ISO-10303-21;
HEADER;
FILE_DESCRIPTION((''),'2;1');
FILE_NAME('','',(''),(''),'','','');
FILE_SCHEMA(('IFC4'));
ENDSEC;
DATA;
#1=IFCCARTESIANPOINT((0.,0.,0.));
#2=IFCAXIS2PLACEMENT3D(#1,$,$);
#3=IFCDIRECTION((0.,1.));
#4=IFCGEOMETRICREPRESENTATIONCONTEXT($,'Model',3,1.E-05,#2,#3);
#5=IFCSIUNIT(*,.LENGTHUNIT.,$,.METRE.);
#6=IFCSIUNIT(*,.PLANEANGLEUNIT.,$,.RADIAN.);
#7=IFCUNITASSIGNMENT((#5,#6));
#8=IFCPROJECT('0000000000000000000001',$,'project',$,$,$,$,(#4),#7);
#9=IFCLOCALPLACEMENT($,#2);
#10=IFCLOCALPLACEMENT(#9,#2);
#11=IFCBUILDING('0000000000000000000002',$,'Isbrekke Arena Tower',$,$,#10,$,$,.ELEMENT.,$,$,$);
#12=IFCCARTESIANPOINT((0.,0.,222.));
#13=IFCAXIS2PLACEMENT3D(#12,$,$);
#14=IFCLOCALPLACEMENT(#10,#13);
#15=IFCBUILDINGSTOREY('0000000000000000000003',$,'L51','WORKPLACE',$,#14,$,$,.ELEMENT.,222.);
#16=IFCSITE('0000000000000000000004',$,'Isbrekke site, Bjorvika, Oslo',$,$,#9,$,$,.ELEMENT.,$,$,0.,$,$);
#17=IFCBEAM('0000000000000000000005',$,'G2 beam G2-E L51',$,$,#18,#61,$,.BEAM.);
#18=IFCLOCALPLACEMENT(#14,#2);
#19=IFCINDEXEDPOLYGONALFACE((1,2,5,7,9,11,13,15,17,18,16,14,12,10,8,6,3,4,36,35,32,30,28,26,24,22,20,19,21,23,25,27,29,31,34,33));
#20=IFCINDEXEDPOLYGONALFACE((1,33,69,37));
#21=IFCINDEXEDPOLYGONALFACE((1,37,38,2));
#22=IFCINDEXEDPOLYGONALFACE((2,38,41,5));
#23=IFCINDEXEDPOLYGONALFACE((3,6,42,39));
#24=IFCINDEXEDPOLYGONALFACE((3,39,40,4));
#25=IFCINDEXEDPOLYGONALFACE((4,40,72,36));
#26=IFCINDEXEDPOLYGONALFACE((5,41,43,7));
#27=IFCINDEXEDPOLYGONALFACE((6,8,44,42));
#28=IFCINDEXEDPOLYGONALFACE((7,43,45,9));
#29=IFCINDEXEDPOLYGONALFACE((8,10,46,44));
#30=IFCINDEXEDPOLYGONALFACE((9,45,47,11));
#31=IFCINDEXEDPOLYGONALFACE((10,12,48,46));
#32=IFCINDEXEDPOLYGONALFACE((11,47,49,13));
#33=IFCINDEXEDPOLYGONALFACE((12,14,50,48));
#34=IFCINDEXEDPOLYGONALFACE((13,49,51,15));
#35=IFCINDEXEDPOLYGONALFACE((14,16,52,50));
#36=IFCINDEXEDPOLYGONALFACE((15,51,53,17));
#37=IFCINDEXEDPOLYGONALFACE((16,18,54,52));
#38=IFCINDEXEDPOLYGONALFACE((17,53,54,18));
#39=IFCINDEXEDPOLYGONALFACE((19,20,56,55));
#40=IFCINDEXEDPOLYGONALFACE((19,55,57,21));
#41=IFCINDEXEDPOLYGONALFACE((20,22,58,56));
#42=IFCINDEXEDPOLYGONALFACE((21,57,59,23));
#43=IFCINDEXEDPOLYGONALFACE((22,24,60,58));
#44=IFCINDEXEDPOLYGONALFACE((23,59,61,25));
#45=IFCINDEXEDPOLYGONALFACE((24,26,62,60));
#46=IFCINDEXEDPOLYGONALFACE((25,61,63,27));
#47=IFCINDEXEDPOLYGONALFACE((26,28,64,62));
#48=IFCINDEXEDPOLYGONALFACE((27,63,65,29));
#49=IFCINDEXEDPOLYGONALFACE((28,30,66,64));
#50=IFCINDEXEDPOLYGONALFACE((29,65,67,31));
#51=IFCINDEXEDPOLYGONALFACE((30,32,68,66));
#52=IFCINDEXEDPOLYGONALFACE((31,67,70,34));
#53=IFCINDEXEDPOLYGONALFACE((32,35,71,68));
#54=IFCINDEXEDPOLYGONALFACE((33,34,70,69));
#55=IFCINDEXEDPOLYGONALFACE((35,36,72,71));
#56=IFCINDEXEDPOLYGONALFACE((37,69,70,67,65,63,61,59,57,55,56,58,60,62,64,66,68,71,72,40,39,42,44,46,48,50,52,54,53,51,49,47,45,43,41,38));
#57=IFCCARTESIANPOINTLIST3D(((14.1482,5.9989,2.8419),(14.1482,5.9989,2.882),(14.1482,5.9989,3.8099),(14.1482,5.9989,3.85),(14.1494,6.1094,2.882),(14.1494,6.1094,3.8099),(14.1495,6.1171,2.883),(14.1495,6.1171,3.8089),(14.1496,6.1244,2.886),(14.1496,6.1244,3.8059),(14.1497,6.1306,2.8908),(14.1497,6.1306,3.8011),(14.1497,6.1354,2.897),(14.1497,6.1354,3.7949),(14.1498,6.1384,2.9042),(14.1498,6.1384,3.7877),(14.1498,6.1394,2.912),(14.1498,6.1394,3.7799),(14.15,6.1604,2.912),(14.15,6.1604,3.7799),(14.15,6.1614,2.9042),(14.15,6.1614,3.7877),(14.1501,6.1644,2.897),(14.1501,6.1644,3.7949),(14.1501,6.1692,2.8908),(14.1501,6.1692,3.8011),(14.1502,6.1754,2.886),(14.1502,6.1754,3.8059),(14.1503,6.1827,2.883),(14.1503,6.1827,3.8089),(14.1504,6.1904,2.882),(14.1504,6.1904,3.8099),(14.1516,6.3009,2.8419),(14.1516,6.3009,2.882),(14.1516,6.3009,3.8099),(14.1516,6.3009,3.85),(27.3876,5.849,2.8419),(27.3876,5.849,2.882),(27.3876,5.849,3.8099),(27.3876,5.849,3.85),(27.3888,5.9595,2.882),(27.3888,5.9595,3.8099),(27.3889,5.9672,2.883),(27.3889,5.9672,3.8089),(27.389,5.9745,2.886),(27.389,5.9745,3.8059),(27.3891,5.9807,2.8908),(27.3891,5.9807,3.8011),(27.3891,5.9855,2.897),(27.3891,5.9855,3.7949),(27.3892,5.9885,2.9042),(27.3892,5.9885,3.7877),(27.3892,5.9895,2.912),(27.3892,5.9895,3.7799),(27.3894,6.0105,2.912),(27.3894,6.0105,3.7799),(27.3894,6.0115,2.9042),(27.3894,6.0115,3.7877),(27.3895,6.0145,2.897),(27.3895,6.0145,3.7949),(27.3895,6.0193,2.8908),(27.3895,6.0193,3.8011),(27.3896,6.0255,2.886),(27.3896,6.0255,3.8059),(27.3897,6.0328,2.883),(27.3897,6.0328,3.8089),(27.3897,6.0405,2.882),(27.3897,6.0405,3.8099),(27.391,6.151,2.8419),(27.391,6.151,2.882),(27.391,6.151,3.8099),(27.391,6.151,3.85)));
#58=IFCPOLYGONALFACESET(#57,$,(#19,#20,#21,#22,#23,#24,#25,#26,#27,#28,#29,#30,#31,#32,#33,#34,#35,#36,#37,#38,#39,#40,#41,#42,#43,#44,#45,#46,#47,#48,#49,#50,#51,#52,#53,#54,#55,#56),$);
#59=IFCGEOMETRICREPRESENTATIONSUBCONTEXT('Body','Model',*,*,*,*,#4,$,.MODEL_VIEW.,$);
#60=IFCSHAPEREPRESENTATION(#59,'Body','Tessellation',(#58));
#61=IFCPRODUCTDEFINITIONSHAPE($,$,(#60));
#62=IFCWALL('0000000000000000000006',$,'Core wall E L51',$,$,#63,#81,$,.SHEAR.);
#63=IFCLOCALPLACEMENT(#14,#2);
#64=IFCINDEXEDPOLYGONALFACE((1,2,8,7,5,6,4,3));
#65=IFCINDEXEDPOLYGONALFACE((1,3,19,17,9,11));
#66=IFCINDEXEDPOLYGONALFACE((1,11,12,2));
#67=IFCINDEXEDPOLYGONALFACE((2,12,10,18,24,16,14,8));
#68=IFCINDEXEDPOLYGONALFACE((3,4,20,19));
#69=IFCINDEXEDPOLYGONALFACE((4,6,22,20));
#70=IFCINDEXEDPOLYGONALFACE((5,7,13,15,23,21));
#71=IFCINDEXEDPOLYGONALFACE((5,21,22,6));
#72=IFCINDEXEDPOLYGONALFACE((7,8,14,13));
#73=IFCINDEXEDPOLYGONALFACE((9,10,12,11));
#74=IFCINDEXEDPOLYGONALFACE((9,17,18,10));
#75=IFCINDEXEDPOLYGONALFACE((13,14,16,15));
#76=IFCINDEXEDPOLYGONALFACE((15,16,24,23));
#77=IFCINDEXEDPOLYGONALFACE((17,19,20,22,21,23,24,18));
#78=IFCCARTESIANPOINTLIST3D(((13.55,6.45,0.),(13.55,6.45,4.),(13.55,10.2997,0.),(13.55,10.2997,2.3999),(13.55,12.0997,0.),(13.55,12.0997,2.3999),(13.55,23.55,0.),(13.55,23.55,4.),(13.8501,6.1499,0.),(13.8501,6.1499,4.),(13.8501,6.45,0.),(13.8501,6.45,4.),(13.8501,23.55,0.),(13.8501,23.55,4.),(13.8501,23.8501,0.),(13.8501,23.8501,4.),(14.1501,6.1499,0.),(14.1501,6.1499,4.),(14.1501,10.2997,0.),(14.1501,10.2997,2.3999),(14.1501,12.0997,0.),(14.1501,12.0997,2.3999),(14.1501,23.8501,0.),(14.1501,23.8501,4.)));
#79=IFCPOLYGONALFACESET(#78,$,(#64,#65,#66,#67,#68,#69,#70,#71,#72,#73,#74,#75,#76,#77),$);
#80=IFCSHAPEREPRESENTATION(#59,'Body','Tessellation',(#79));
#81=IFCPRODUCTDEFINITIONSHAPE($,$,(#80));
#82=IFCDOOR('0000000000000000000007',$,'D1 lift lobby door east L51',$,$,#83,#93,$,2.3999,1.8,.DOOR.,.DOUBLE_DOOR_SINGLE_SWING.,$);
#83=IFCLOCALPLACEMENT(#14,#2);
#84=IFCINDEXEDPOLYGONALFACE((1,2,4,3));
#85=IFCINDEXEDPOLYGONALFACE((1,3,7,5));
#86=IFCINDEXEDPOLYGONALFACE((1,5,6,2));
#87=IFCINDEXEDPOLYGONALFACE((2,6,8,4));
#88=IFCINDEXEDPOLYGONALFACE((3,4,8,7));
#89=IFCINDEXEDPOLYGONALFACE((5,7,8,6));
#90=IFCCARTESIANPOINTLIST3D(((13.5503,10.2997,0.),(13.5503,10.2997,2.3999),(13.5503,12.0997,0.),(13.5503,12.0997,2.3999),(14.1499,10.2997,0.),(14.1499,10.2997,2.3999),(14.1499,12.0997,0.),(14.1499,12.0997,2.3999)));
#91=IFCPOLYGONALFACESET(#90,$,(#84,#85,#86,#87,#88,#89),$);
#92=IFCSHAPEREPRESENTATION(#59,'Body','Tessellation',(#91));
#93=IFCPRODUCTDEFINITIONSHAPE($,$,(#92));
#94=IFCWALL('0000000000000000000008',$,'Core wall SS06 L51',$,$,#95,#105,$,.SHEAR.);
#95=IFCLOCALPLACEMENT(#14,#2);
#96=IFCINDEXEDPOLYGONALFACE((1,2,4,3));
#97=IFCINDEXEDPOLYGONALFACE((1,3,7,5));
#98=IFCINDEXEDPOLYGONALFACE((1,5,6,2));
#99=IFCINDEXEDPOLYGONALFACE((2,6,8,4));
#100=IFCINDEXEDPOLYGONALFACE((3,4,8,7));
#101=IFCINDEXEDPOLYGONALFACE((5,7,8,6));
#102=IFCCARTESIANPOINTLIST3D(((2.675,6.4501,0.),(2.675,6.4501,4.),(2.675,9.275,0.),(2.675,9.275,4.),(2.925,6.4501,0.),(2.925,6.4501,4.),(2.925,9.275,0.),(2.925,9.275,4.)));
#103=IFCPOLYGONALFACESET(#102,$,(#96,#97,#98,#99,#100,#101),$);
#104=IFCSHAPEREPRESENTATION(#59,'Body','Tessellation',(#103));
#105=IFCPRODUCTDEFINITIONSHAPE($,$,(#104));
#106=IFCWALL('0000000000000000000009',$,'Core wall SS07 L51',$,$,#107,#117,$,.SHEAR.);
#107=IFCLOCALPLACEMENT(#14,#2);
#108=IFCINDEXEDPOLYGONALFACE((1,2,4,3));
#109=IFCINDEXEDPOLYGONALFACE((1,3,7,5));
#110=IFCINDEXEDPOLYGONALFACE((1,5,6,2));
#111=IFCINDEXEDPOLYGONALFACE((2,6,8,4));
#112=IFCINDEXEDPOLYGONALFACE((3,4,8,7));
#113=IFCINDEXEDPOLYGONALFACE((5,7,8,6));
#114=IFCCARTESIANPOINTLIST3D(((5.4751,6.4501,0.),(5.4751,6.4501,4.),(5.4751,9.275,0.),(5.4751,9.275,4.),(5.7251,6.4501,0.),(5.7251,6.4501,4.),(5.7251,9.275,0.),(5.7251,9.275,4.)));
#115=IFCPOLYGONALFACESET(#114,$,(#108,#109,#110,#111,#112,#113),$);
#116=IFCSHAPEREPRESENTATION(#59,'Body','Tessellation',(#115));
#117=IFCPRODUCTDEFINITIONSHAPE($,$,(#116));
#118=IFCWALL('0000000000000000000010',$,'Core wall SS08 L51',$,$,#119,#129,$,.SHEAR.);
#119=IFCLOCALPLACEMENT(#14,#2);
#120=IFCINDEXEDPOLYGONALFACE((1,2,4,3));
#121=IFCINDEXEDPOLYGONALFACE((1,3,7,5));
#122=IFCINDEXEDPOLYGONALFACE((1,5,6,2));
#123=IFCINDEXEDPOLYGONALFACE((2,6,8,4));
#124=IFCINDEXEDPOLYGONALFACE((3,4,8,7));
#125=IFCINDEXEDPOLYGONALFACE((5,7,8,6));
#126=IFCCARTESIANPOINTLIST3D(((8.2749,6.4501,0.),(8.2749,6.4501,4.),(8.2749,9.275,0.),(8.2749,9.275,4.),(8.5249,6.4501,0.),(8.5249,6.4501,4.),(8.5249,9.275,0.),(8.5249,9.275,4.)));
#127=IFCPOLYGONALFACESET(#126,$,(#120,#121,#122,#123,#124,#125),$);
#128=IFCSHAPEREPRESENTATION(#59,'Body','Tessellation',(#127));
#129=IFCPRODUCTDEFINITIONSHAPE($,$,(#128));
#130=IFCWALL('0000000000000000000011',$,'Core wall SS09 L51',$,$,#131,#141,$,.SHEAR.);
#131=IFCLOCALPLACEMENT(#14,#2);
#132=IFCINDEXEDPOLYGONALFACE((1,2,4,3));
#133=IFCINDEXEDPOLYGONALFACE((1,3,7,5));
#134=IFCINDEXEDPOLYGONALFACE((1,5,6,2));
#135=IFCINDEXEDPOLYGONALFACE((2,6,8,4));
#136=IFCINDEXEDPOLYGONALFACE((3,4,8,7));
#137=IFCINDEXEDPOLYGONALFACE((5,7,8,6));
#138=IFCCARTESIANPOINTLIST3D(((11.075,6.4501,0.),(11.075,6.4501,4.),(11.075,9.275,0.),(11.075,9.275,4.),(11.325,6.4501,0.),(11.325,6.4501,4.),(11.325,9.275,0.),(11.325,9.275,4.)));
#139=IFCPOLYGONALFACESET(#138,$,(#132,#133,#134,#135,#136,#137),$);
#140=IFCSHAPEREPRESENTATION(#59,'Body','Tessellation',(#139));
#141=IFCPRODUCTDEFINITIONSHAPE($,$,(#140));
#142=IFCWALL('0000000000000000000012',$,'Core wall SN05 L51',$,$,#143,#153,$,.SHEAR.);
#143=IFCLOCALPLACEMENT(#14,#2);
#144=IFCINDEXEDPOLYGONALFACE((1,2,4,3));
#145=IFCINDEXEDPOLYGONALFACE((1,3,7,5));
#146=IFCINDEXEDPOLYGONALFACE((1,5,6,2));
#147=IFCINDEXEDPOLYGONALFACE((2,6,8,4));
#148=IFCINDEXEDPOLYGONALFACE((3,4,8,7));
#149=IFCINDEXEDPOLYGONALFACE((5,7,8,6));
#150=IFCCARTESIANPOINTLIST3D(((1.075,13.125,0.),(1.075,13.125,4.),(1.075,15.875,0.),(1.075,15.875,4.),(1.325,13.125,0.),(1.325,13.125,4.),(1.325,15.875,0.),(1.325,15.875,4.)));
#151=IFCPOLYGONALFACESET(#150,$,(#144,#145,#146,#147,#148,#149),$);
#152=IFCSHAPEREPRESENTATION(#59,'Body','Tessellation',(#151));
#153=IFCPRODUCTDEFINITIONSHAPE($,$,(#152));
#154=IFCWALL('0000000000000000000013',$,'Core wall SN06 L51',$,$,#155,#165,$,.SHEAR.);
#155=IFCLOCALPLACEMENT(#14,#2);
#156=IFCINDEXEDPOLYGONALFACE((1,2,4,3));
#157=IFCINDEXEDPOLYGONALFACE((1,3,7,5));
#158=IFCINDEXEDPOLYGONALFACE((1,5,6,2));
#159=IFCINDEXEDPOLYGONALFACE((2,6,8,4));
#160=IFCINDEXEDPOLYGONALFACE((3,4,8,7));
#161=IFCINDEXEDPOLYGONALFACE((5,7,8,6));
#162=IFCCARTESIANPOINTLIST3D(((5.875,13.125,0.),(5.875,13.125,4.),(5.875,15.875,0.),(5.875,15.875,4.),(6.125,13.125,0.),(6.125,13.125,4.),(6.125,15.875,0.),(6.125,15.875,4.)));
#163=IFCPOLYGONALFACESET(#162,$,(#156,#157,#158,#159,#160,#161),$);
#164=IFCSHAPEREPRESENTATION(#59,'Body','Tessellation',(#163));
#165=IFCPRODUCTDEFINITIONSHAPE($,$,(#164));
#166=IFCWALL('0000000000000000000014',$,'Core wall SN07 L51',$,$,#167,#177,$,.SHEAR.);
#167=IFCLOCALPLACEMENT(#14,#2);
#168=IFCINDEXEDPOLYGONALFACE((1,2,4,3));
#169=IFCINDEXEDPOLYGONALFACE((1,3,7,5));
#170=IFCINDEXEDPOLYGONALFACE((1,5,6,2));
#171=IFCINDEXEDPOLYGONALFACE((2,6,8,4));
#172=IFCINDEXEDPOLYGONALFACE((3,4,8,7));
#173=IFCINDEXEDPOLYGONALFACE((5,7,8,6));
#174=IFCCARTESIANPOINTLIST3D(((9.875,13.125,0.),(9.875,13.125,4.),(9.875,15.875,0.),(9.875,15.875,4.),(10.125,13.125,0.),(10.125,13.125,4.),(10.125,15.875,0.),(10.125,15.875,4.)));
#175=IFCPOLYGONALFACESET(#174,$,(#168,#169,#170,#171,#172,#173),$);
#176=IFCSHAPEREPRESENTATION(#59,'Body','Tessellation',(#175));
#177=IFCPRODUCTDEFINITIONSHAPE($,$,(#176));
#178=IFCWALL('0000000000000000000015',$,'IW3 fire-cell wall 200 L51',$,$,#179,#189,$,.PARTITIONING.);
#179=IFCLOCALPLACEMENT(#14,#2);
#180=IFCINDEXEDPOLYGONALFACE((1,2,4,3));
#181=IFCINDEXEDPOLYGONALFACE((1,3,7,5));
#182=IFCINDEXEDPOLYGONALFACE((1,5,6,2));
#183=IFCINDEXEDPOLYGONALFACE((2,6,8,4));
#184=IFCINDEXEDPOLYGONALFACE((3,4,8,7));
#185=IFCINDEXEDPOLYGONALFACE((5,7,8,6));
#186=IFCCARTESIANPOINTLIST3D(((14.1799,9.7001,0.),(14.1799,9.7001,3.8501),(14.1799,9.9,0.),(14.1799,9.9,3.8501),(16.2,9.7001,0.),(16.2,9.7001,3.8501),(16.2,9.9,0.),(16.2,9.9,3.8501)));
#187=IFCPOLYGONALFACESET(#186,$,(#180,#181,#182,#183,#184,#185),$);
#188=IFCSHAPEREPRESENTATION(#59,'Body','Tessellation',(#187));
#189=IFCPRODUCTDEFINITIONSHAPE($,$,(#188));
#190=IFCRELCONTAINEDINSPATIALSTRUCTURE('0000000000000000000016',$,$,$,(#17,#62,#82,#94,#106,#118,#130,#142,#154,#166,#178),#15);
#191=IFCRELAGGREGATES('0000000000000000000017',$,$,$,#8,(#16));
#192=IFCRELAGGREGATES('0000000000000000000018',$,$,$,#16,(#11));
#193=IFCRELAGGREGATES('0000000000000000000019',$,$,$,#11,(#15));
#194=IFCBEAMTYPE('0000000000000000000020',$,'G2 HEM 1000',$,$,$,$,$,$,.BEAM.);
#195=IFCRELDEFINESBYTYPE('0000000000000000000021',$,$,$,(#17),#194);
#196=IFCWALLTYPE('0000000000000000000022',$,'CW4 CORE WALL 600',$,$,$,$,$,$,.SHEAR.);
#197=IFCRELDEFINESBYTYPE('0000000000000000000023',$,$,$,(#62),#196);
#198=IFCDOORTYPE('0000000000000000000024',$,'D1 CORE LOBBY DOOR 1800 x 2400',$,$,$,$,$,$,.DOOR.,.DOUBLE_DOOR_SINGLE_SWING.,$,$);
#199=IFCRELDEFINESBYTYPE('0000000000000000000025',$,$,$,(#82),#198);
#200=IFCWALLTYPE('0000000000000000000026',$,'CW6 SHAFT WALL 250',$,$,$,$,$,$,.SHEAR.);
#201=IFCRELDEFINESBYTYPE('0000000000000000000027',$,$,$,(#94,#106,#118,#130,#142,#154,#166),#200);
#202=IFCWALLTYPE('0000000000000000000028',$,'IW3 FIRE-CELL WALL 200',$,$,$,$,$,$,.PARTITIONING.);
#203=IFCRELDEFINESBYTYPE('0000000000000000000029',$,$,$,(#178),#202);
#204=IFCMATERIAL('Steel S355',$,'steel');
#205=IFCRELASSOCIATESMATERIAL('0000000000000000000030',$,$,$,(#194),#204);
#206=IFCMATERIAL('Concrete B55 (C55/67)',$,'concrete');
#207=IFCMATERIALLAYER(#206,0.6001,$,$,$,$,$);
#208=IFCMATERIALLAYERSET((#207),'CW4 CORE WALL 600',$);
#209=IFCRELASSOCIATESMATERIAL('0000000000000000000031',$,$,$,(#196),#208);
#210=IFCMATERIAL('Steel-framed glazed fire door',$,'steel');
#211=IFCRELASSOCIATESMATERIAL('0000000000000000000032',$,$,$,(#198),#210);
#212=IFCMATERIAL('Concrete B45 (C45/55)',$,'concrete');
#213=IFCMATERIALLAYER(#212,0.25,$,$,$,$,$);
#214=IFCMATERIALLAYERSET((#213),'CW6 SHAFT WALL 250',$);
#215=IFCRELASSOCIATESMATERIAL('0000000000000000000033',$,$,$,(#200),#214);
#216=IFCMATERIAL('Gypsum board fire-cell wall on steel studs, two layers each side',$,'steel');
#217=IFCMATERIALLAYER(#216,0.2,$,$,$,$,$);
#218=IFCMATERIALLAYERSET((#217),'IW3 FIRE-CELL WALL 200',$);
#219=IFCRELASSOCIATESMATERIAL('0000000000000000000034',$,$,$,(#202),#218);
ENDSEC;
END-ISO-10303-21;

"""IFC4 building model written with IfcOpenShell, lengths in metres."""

from ifc_helpers import new_model, si_unit, direction, frame, frame_2d, origin, origin_2d, place, context, subcontext, project, spatial, polyline, rectangle, i_section, outline, extrude, material, layer, layer_set, material_profile, profile_set, type_object, element, fill, save


model = new_model("IFC4")

# Units and contexts
model_context = context("Model", 3, precision=1e-05, world=origin(), true_north=direction((0.0, 1.0)))
body_context = subcontext(model_context, "Body", "Model", "MODEL_VIEW")
ifc_project = project(units=[si_unit("LENGTHUNIT", "METRE"), si_unit("PLANEANGLEUNIT", "RADIAN")], contexts=[model_context])

# Site, building, storey
site_placement = place(None, origin())
site = spatial("IfcSite", under=ifc_project, at=site_placement, Name="Isbrekke site, Bjorvika, Oslo", CompositionType="ELEMENT", RefElevation=0.0)
building_placement = place(site_placement, origin())
building = spatial("IfcBuilding", under=site, at=building_placement, Name="Isbrekke Arena Tower", CompositionType="ELEMENT")
storey_placement = place(building_placement, frame((0.0, 0.0, 222.0)))
storey = spatial("IfcBuildingStorey", under=building, at=storey_placement, Name="L51", Description="WORKPLACE", CompositionType="ELEMENT", Elevation=222.0)

# Beam
ifc_material_1 = material(Name="Steel S355", Category="steel")
ifc_material_profile = material_profile(ifc_material_1, i_section(OverallWidth=0.302, OverallDepth=1.0081, WebThickness=0.021, FlangeThickness=0.04, FilletRadius=0.03, at=origin_2d()), Name="HEM 1000")
ifc_profile_set = profile_set([ifc_material_profile], Name="Steel S355")
beam_type = type_object("IfcBeamType", Name="G2 HEM 1000", PredefinedType="BEAM", material=ifc_profile_set)
beam_placement = place(storey_placement, frame((14.1499, 6.1499, 3.3459), z_axis=(0.999936, -0.011322, 0.0), x_axis=(0.011322, 0.999936, 0.0)))
element("IfcBeam", 1, at=beam_placement, inside=storey, type_object=beam_type, Name="G2 beam G2-E L51", PredefinedType="BEAM", context=body_context, shape_type="SweptSolid", body=[
    extrude(i_section(OverallWidth=0.302, OverallDepth=1.0081, WebThickness=0.021, FlangeThickness=0.04, FilletRadius=0.03, at=origin_2d()), origin(), (0.0, 0.0, 1.0), 13.2402),
])

# Wall, opening, door
ifc_material_2 = material(Name="Concrete B55 (C55/67)", Category="concrete")
ifc_layer_1 = layer(ifc_material_2, 0.6001)
ifc_layer_set_1 = layer_set([ifc_layer_1], Name="CW4 CORE WALL 600")
wall_type_1 = type_object("IfcWallType", Name="CW4 CORE WALL 600", PredefinedType="SHEAR", material=ifc_layer_set_1)
wall_1_placement = place(storey_placement, frame((13.8501, 6.1499, 0.0), z_axis=(0.0, 0.0, 1.0), x_axis=(0.0, 1.0, 0.0)))
wall_1 = element("IfcWall", 2, at=wall_1_placement, inside=storey, type_object=wall_type_1, Name="Core wall E L51", PredefinedType="SHEAR", context=body_context, shape_type="SweptSolid", body=[
    extrude(outline(polyline([(0.0, -0.3), (17.7002, -0.3), (17.7002, 0.0), (17.4001, 0.0), (17.4001, 0.3), (0.3, 0.3), (0.3, 0.0), (0.0, 0.0), (0.0, -0.3)])), origin(), (0.0, 0.0, 1.0), 4.0),
])
opening_1_placement = place(wall_1_placement, frame((4.1499, 0.0, 0.0)))
opening_1 = element("IfcOpeningElement", 3, at=opening_1_placement, cuts=wall_1, PredefinedType="OPENING", context=body_context, shape_type="SweptSolid", body=[
    extrude(rectangle(XDim=1.8, YDim=2.3999, at=frame_2d((0.8999, 1.2))), frame((0.0, 0.3149, 0.0), z_axis=(0.0, -1.0, 0.0), x_axis=(1.0, 0.0, 0.0)), (0.0, 0.0, 1.0), 0.6299),
])
ifc_material_3 = material(Name="Steel-framed glazed fire door", Category="steel")
door_type_1 = type_object("IfcDoorType", Name="D1 CORE LOBBY DOOR 1800 x 2400", OperationType="DOUBLE_DOOR_SINGLE_SWING", PredefinedType="DOOR", material=ifc_material_3)
door_1_placement = place(opening_1_placement, origin())
door_1 = element("IfcDoor", 4, at=door_1_placement, inside=storey, type_object=door_type_1, Name="D1 lift lobby door east L51", OperationType="DOUBLE_DOOR_SINGLE_SWING", OverallHeight=2.3999, OverallWidth=1.8, PredefinedType="DOOR", context=body_context, shape_type="SweptSolid", body=[
    extrude(rectangle(XDim=1.8, YDim=2.3999, at=frame_2d((0.8999, 1.2))), frame((0.0, 0.2998, 0.0), z_axis=(0.0, -1.0, 0.0), x_axis=(1.0, 0.0, 0.0)), (0.0, 0.0, 1.0), 0.5996),
])
fill(opening_1, door_1)

# Walls
ifc_material_4 = material(Name="Concrete B45 (C45/55)", Category="concrete")
ifc_layer_2 = layer(ifc_material_4, 0.25)
ifc_layer_set_2 = layer_set([ifc_layer_2], Name="CW6 SHAFT WALL 250")
wall_type_2 = type_object("IfcWallType", Name="CW6 SHAFT WALL 250", PredefinedType="SHEAR", material=ifc_layer_set_2)
for number, where, z_axis, x_axis, name in (
    (5, (2.8, 6.45, 0.0), (0.0, 0.0, 1.0), (0.0, 1.0, 0.0), "Core wall SS06 L51"),
    (6, (5.6001, 6.45, 0.0), (0.0, 0.0, 1.0), (0.0, 1.0, 0.0), "Core wall SS07 L51"),
    (7, (8.3999, 6.45, 0.0), (0.0, 0.0, 1.0), (0.0, 1.0, 0.0), "Core wall SS08 L51"),
    (8, (11.2, 6.45, 0.0), (0.0, 0.0, 1.0), (0.0, 1.0, 0.0), "Core wall SS09 L51"),
):
    element("IfcWall", number, at=place(storey_placement, frame(where, z_axis=z_axis, x_axis=x_axis)), inside=storey, type_object=wall_type_2, Name=name, PredefinedType="SHEAR", context=body_context, shape_type="SweptSolid", body=[
        extrude(rectangle(XDim=2.825, YDim=0.25, at=frame_2d((1.4126, 0.0))), origin(), (0.0, 0.0, 1.0), 4.0),
    ])
for number, where, z_axis, x_axis, name in (
    (9, (1.2, 13.125, 0.0), (0.0, 0.0, 1.0), (0.0, 1.0, 0.0), "Core wall SN05 L51"),
    (10, (6.0, 13.125, 0.0), (0.0, 0.0, 1.0), (0.0, 1.0, 0.0), "Core wall SN06 L51"),
    (11, (10.0, 13.125, 0.0), (0.0, 0.0, 1.0), (0.0, 1.0, 0.0), "Core wall SN07 L51"),
):
    element("IfcWall", number, at=place(storey_placement, frame(where, z_axis=z_axis, x_axis=x_axis)), inside=storey, type_object=wall_type_2, Name=name, PredefinedType="SHEAR", context=body_context, shape_type="SweptSolid", body=[
        extrude(rectangle(XDim=2.75, YDim=0.25, at=frame_2d((1.375, 0.0))), origin(), (0.0, 0.0, 1.0), 4.0),
    ])
ifc_material_5 = material(Name="Gypsum board fire-cell wall on steel studs, two layers each side", Category="steel")
ifc_layer_3 = layer(ifc_material_5, 0.2)
ifc_layer_set_3 = layer_set([ifc_layer_3], Name="IW3 FIRE-CELL WALL 200")
wall_type_3 = type_object("IfcWallType", Name="IW3 FIRE-CELL WALL 200", PredefinedType="PARTITIONING", material=ifc_layer_set_3)
wall_2_placement = place(storey_placement, frame((14.1799, 9.8, 0.0), z_axis=(0.0, 0.0, 1.0), x_axis=(1.0, 0.0, 0.0)))
element("IfcWall", 12, at=wall_2_placement, inside=storey, type_object=wall_type_3, Name="IW3 fire-cell wall 200 L51", PredefinedType="PARTITIONING", context=body_context, shape_type="SweptSolid", body=[
    extrude(rectangle(XDim=2.02, YDim=0.2, at=frame_2d((1.01, 0.0))), origin(), (0.0, 0.0, 1.0), 3.8501),
])

save(model, "model.ifc")
